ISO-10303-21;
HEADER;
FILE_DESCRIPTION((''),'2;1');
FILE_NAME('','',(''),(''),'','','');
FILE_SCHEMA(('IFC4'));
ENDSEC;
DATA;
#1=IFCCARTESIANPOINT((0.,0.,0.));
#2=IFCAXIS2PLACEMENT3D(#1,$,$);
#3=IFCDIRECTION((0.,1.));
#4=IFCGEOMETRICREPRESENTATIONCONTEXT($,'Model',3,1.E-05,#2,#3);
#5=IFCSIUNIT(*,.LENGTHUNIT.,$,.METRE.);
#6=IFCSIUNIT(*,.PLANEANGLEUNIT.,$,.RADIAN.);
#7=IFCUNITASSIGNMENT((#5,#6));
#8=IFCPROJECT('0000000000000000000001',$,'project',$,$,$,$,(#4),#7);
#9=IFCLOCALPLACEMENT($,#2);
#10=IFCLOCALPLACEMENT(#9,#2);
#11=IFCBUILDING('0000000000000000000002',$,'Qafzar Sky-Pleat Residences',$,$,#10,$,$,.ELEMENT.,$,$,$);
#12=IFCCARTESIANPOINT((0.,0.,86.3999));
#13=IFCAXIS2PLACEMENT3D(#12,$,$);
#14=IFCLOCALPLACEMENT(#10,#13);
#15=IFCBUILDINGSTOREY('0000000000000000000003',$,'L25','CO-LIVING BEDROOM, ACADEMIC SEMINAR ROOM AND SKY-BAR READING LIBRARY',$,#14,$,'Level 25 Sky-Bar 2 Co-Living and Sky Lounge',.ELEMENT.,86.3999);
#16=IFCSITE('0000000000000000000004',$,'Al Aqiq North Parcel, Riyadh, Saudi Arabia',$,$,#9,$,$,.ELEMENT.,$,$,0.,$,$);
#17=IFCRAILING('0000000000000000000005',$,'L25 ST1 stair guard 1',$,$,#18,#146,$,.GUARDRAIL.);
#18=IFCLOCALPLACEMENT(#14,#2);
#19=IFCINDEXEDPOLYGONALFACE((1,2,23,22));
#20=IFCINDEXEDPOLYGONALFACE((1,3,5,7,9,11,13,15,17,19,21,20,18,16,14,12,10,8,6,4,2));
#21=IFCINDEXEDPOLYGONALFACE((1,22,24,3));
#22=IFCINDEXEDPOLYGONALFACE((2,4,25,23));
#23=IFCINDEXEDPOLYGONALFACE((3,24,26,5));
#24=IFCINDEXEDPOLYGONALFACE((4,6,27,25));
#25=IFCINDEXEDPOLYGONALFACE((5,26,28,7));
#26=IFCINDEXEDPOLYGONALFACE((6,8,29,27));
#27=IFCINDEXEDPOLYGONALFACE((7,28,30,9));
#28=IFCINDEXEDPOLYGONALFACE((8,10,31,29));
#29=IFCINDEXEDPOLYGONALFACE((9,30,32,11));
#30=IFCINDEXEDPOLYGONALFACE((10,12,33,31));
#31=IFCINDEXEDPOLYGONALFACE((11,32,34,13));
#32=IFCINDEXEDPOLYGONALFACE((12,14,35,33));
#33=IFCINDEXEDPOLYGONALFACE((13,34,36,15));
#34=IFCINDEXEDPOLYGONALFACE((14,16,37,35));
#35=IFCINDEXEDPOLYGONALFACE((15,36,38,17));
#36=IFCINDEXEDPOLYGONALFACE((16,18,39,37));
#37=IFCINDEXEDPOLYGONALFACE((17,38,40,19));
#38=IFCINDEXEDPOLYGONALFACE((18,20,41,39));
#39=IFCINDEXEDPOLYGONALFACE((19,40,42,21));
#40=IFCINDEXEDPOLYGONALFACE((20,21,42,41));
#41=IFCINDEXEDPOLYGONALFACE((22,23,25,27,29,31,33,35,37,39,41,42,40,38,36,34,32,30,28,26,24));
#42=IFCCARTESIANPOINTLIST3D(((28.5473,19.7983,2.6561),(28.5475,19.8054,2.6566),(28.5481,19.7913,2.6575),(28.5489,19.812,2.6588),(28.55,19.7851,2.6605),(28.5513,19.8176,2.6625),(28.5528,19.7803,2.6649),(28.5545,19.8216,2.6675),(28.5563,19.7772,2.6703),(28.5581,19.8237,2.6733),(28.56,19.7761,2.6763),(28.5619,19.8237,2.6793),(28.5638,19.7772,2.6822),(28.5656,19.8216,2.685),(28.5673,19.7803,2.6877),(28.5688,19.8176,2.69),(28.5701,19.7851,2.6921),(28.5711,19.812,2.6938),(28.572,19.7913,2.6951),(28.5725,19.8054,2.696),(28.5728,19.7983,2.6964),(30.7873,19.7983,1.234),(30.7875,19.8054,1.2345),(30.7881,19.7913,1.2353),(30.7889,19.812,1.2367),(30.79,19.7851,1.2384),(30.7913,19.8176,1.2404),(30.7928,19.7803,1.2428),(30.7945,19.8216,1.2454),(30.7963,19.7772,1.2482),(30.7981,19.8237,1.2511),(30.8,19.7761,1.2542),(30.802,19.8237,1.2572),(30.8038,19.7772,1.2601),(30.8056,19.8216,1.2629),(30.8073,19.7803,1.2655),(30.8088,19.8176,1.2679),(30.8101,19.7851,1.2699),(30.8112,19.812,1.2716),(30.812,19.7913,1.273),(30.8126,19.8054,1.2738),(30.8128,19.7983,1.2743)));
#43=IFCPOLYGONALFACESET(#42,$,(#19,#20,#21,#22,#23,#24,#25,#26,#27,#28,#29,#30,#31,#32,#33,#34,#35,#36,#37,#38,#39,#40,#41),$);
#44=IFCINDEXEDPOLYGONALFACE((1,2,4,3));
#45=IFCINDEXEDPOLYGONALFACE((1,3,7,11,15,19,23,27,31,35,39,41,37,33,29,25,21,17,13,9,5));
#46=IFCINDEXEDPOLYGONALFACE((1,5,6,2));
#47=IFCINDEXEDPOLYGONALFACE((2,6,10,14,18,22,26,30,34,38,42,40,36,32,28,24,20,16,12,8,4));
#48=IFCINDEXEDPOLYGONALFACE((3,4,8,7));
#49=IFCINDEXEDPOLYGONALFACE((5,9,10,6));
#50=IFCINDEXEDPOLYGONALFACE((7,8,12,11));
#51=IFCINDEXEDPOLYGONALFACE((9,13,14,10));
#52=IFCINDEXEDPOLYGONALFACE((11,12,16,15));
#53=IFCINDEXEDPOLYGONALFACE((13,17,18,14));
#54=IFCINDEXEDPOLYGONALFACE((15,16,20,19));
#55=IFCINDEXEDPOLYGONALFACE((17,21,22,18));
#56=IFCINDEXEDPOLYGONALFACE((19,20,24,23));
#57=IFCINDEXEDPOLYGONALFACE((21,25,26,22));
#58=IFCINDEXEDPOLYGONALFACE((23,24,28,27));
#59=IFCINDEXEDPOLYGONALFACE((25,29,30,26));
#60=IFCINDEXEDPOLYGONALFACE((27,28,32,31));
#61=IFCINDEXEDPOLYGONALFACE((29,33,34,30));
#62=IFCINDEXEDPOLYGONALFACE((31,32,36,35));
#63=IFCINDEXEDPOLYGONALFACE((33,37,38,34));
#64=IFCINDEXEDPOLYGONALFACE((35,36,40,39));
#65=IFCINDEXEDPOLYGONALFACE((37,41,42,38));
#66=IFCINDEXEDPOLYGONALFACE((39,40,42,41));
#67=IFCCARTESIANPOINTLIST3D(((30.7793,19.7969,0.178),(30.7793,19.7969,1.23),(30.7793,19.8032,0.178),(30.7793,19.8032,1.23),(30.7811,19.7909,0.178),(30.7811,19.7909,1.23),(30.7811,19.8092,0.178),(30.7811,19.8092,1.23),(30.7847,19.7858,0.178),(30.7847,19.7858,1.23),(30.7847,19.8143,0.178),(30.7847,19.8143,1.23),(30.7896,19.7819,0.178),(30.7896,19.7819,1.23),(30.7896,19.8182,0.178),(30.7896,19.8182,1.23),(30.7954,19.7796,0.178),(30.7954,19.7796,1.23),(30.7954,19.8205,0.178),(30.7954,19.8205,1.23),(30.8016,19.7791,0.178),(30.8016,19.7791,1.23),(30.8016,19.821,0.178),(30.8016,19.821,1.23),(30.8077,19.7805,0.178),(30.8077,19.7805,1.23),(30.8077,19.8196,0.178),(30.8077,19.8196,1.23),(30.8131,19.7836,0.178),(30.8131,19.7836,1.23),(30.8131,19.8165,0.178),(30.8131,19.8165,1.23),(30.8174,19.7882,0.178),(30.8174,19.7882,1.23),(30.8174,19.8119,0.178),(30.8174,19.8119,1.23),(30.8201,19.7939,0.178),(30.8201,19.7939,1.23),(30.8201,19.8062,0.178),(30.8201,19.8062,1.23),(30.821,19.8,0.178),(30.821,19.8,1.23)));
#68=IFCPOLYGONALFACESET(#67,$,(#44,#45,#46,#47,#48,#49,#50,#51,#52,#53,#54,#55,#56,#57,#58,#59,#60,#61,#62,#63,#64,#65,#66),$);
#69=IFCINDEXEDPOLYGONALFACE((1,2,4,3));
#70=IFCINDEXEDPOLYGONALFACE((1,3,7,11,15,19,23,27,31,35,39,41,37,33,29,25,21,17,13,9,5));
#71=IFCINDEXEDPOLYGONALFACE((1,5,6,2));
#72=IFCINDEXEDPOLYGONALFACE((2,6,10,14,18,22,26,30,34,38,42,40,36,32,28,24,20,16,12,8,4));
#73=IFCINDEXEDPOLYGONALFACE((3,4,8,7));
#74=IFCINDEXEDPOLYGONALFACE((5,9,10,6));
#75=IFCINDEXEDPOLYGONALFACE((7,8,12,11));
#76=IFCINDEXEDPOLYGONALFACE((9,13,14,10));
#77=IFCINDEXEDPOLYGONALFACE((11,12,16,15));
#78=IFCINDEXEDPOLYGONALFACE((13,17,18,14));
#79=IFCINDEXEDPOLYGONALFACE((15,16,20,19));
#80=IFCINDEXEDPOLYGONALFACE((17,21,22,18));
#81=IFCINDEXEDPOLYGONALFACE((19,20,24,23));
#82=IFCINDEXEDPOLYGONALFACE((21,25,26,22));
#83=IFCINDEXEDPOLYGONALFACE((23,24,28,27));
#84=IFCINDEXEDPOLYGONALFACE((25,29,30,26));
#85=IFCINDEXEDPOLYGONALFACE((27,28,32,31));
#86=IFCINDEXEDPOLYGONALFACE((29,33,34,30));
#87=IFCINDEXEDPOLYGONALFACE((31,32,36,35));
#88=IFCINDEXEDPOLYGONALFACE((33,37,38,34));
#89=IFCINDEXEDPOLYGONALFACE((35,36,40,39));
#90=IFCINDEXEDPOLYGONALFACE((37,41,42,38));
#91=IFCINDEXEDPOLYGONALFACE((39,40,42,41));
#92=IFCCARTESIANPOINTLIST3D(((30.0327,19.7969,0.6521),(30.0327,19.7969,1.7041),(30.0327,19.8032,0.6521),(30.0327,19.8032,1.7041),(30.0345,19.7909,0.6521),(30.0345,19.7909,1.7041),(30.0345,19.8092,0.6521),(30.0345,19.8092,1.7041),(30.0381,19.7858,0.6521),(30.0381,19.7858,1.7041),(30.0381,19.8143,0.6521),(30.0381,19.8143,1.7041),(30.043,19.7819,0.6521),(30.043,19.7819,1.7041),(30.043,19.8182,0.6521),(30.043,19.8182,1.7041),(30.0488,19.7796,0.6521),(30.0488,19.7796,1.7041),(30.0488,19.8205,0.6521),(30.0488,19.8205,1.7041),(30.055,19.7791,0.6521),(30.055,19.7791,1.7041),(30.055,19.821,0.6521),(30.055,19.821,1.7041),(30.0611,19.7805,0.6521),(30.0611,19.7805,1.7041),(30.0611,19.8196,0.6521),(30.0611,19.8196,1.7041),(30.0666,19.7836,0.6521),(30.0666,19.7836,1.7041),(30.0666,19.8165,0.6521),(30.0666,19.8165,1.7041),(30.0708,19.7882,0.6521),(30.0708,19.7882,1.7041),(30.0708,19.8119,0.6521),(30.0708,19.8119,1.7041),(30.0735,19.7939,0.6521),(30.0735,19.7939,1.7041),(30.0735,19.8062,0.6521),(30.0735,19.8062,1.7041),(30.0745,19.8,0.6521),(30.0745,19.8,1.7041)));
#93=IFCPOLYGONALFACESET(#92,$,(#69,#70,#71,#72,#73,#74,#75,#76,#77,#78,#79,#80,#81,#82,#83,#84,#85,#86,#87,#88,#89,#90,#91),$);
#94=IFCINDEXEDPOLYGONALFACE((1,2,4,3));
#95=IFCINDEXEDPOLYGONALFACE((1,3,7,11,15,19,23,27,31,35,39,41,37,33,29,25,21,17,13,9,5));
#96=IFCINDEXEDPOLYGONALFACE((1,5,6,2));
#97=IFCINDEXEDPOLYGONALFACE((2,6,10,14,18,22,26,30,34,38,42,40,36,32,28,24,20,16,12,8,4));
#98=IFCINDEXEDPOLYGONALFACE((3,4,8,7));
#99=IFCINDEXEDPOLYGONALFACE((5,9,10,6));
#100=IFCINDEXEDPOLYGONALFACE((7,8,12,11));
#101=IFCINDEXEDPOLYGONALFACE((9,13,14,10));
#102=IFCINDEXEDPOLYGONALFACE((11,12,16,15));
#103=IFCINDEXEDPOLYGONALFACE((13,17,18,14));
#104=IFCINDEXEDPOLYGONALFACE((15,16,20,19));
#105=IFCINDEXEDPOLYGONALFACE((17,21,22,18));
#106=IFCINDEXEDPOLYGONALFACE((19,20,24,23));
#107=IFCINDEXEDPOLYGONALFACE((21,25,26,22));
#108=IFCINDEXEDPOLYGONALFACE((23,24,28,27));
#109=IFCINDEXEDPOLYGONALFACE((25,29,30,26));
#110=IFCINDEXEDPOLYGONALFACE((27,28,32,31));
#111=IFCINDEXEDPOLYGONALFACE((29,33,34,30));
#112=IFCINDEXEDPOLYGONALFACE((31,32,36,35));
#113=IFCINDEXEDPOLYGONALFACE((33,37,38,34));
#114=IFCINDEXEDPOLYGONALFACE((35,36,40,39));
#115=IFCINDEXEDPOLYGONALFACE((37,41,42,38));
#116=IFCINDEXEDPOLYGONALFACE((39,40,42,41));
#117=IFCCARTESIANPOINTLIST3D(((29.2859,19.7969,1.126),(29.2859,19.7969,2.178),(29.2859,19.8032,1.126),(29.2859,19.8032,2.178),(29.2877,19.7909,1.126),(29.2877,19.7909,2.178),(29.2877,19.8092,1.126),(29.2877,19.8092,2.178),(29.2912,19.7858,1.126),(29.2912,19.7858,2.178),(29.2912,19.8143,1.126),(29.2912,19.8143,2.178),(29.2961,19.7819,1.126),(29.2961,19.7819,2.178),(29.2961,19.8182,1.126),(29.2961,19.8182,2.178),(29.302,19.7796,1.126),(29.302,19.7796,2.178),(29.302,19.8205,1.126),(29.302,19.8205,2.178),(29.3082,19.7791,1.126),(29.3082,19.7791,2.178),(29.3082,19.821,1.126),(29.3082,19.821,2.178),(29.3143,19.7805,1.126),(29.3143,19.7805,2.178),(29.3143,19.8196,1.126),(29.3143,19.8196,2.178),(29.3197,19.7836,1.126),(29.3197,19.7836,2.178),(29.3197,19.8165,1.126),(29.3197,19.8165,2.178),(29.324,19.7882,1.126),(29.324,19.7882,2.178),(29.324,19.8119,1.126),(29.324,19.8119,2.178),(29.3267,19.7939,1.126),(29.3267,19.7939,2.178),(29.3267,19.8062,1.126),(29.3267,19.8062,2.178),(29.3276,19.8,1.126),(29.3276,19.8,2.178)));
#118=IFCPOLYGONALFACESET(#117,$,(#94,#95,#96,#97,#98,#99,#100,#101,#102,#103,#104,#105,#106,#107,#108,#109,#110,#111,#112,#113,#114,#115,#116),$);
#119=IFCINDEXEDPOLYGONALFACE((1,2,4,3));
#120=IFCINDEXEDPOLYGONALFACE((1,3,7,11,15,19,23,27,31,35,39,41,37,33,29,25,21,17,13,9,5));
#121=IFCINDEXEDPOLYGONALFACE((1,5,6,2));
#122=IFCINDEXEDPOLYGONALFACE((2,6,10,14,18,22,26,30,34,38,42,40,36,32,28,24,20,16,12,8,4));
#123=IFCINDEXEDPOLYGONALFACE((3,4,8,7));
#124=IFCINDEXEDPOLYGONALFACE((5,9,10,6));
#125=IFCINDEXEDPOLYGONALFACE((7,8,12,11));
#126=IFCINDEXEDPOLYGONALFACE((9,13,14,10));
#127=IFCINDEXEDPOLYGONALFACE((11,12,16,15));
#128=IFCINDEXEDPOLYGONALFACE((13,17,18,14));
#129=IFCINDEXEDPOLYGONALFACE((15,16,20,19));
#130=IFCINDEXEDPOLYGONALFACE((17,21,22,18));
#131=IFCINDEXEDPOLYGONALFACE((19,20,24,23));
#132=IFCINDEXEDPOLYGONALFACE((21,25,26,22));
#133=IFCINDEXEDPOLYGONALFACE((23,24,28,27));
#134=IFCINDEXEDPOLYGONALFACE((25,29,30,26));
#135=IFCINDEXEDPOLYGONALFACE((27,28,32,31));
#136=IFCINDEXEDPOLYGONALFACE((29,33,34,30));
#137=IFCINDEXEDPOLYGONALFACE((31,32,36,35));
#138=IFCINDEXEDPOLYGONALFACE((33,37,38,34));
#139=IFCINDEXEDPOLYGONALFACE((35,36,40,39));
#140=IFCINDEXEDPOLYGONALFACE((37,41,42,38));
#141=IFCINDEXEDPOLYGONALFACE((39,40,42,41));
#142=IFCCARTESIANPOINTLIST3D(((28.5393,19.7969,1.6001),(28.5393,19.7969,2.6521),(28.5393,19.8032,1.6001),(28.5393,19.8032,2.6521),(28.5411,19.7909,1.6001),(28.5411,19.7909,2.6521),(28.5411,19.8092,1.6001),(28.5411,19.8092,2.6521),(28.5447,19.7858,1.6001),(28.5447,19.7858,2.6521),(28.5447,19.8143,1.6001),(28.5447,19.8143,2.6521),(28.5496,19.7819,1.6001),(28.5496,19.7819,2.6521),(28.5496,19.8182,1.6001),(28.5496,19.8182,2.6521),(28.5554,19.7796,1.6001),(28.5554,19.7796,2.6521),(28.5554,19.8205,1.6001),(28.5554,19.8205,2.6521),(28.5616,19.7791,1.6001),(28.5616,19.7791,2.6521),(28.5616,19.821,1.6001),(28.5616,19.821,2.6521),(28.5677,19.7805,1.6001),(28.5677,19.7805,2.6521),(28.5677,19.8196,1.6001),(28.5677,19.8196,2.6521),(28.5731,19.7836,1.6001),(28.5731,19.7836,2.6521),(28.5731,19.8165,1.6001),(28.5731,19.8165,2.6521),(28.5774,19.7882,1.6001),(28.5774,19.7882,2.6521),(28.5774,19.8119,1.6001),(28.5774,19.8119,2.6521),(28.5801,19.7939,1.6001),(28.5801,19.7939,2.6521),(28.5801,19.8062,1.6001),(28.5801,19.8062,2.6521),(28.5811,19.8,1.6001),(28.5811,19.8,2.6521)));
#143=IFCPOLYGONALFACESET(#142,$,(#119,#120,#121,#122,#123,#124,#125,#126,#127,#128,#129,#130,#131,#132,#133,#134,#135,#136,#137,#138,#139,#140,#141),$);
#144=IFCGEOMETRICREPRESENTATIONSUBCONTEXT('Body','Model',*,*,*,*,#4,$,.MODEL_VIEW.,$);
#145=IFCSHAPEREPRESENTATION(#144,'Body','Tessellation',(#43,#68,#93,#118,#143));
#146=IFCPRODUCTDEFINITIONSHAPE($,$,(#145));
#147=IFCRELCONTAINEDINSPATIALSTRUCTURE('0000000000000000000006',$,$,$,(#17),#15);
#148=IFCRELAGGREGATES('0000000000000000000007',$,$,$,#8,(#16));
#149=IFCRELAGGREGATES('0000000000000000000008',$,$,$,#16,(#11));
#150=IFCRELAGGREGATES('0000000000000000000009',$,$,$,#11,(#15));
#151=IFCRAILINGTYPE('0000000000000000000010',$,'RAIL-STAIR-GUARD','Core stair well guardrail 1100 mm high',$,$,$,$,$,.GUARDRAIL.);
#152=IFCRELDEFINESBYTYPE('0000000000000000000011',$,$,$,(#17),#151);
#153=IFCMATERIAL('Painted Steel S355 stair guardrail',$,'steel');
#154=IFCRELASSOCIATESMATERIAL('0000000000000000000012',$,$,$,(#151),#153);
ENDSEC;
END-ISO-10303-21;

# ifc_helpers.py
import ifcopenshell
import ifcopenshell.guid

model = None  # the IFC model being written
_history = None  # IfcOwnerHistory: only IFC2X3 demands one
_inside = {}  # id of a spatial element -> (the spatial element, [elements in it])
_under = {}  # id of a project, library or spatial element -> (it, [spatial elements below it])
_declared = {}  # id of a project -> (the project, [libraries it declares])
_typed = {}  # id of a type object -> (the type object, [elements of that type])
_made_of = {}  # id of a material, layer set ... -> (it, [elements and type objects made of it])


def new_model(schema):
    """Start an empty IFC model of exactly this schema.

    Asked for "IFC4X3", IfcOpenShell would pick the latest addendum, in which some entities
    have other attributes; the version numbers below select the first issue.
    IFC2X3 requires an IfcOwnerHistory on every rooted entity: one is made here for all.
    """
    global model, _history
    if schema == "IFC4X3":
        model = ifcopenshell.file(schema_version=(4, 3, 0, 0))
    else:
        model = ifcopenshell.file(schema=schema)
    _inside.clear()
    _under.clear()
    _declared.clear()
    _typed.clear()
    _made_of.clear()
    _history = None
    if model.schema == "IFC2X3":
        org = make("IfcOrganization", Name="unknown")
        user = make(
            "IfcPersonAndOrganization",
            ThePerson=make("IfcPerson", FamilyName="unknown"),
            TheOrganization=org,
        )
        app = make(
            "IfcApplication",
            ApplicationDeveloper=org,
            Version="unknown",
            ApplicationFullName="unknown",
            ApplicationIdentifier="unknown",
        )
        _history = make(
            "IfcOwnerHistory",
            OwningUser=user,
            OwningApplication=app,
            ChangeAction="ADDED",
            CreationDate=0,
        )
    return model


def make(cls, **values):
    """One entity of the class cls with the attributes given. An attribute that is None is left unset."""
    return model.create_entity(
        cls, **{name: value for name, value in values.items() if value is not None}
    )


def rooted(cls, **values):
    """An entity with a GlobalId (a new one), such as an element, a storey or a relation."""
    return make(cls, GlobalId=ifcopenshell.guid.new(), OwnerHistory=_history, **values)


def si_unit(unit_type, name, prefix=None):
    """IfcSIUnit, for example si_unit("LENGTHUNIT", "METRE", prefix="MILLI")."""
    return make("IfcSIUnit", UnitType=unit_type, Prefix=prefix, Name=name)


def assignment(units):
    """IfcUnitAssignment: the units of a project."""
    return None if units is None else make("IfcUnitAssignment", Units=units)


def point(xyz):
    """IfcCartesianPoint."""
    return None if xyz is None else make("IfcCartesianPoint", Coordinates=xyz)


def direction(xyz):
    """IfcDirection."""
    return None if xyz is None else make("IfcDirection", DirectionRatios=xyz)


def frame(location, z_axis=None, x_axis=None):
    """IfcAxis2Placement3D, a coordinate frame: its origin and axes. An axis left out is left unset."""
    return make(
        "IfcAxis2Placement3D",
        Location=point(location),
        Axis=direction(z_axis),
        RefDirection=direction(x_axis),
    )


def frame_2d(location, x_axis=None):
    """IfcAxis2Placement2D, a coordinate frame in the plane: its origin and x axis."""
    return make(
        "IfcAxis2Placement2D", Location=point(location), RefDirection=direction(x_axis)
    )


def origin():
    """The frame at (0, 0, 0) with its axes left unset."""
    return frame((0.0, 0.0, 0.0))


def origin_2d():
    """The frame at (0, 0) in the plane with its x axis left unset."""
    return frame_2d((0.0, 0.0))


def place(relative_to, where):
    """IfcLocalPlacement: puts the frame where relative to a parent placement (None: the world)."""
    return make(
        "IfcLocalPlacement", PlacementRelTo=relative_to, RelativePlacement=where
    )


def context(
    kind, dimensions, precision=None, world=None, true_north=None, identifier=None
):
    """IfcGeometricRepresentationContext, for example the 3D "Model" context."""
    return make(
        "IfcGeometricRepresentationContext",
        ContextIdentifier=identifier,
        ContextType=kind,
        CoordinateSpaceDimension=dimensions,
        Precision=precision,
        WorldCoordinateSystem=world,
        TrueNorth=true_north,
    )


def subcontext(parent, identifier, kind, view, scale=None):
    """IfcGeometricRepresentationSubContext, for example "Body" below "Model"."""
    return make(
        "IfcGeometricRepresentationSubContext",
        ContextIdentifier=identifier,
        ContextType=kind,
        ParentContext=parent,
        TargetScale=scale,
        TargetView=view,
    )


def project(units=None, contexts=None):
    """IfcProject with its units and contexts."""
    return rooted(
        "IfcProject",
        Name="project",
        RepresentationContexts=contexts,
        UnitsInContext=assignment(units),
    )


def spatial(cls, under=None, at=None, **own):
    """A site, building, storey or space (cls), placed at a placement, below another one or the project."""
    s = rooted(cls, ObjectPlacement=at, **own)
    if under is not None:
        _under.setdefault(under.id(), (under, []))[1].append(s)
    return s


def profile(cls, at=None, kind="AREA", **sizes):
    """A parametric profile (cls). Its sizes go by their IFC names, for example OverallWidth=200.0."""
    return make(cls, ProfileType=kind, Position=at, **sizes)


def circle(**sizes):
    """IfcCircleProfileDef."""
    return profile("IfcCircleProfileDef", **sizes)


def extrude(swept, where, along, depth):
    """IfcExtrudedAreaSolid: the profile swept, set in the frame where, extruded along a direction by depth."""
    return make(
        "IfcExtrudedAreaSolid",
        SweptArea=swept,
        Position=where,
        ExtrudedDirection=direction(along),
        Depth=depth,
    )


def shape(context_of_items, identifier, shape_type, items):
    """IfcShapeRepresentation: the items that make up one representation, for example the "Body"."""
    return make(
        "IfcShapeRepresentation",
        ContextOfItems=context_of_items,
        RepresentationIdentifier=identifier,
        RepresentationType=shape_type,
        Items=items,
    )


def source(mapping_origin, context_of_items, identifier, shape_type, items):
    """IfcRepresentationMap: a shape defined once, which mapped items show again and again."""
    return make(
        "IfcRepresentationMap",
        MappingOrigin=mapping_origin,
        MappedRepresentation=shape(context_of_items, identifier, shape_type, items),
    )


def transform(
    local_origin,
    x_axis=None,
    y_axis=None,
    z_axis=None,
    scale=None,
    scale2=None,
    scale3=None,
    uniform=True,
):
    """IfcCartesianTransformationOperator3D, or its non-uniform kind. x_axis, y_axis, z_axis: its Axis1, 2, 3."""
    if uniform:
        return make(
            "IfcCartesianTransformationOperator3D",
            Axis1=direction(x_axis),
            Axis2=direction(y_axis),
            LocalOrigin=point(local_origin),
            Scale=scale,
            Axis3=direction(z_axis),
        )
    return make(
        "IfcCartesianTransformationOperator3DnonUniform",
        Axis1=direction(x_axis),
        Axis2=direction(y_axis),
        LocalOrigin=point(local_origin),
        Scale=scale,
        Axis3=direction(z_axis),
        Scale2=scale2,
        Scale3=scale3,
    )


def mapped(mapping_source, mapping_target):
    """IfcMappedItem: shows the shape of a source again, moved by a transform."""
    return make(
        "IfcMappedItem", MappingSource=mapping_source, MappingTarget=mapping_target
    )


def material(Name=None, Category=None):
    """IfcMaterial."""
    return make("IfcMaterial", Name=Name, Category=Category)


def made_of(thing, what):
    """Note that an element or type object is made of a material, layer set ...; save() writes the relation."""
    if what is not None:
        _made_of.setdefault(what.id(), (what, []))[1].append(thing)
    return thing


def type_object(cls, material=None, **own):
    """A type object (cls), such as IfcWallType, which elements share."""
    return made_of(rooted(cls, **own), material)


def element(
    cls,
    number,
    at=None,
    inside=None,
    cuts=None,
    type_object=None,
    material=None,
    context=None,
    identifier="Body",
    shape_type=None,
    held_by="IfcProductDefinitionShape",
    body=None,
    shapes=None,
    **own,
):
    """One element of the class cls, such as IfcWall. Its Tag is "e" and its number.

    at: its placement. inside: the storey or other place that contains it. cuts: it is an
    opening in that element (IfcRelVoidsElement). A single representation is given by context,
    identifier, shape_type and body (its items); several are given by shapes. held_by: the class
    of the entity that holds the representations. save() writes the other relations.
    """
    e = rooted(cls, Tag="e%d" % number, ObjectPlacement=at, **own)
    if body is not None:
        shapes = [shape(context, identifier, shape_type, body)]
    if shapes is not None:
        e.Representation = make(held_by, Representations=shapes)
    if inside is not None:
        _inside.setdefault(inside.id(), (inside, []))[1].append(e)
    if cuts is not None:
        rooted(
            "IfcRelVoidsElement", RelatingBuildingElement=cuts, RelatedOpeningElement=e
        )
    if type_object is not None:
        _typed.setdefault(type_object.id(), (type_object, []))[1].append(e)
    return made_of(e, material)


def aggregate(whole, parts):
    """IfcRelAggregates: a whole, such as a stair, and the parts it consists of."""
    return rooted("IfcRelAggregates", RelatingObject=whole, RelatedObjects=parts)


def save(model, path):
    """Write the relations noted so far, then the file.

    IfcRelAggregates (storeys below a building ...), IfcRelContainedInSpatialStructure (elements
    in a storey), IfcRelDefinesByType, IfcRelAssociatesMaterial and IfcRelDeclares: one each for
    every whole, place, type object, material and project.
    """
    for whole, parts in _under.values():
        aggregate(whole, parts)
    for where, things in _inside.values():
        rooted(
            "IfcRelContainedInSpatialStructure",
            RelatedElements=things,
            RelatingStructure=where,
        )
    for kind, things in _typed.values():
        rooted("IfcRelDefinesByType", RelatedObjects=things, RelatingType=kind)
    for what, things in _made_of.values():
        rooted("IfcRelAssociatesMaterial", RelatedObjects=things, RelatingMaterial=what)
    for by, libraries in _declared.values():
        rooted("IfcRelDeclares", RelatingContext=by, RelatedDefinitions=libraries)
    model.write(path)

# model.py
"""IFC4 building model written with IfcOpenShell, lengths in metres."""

from ifc_helpers import new_model, si_unit, direction, frame, origin, origin_2d, place, context, subcontext, project, spatial, circle, extrude, source, transform, mapped, material, type_object, element, save


model = new_model("IFC4")

# Units and contexts
model_context = context("Model", 3, precision=1e-05, world=origin(), true_north=direction((0.0, 1.0)))
body_context = subcontext(model_context, "Body", "Model", "MODEL_VIEW")
ifc_project = project(units=[si_unit("LENGTHUNIT", "METRE"), si_unit("PLANEANGLEUNIT", "RADIAN")], contexts=[model_context])

# Site, building, storey
site_placement = place(None, origin())
site = spatial("IfcSite", under=ifc_project, at=site_placement, Name="Al Aqiq North Parcel, Riyadh, Saudi Arabia", CompositionType="ELEMENT", RefElevation=0.0)
building_placement = place(site_placement, origin())
building = spatial("IfcBuilding", under=site, at=building_placement, Name="Qafzar Sky-Pleat Residences", CompositionType="ELEMENT")
storey_placement = place(building_placement, frame((0.0, 0.0, 86.3999)))
storey = spatial("IfcBuildingStorey", under=building, at=storey_placement, Name="L25", Description="CO-LIVING BEDROOM, ACADEMIC SEMINAR ROOM AND SKY-BAR READING LIBRARY", LongName="Level 25 Sky-Bar 2 Co-Living and Sky Lounge", CompositionType="ELEMENT", Elevation=86.3999)

# Railing
ifc_material_1 = material(Name="Painted Steel S355 stair guardrail", Category="steel")
railing_type_1 = type_object("IfcRailingType", Name="RAIL-STAIR-GUARD", Description="Core stair well guardrail 1100 mm high", PredefinedType="GUARDRAIL", material=ifc_material_1)
shared_shape_1 = source(origin(), body_context, "Body", "SweptSolid", [
    extrude(circle(Radius=0.0239, at=origin_2d()), frame((0.0, 0.0, 1.0762), z_axis=(-0.844229, 0.0, 0.535982), x_axis=(0.0, -1.0, 0.0)), (0.0, 0.0, 1.0), 2.6533),
    extrude(circle(Radius=0.021, at=origin_2d()), origin(), (0.0, 0.0, 1.0), 1.052),
    extrude(circle(Radius=0.021, at=origin_2d()), frame((-0.7466, 0.0, 0.4741)), (0.0, 0.0, 1.0), 1.052),
    extrude(circle(Radius=0.021, at=origin_2d()), frame((-1.4934, 0.0, 0.948)), (0.0, 0.0, 1.0), 1.052),
    extrude(circle(Radius=0.021, at=origin_2d()), frame((-2.24, 0.0, 1.4221)), (0.0, 0.0, 1.0), 1.052),
])
railing_1_placement = place(storey_placement, frame((30.8, 19.8, 0.178)))
element("IfcRailing", 1, at=railing_1_placement, inside=storey, type_object=railing_type_1, Name="L25 ST1 stair guard 1", PredefinedType="GUARDRAIL", context=body_context, shape_type="MappedRepresentation", body=[
    mapped(shared_shape_1, transform((0.0, 0.0, 0.0), x_axis=(1.0, 0.0, 0.0), y_axis=(0.0, 1.0, 0.0), z_axis=(0.0, 0.0, 1.0), scale=1.0)),
])

save(model, "model.ifc")
